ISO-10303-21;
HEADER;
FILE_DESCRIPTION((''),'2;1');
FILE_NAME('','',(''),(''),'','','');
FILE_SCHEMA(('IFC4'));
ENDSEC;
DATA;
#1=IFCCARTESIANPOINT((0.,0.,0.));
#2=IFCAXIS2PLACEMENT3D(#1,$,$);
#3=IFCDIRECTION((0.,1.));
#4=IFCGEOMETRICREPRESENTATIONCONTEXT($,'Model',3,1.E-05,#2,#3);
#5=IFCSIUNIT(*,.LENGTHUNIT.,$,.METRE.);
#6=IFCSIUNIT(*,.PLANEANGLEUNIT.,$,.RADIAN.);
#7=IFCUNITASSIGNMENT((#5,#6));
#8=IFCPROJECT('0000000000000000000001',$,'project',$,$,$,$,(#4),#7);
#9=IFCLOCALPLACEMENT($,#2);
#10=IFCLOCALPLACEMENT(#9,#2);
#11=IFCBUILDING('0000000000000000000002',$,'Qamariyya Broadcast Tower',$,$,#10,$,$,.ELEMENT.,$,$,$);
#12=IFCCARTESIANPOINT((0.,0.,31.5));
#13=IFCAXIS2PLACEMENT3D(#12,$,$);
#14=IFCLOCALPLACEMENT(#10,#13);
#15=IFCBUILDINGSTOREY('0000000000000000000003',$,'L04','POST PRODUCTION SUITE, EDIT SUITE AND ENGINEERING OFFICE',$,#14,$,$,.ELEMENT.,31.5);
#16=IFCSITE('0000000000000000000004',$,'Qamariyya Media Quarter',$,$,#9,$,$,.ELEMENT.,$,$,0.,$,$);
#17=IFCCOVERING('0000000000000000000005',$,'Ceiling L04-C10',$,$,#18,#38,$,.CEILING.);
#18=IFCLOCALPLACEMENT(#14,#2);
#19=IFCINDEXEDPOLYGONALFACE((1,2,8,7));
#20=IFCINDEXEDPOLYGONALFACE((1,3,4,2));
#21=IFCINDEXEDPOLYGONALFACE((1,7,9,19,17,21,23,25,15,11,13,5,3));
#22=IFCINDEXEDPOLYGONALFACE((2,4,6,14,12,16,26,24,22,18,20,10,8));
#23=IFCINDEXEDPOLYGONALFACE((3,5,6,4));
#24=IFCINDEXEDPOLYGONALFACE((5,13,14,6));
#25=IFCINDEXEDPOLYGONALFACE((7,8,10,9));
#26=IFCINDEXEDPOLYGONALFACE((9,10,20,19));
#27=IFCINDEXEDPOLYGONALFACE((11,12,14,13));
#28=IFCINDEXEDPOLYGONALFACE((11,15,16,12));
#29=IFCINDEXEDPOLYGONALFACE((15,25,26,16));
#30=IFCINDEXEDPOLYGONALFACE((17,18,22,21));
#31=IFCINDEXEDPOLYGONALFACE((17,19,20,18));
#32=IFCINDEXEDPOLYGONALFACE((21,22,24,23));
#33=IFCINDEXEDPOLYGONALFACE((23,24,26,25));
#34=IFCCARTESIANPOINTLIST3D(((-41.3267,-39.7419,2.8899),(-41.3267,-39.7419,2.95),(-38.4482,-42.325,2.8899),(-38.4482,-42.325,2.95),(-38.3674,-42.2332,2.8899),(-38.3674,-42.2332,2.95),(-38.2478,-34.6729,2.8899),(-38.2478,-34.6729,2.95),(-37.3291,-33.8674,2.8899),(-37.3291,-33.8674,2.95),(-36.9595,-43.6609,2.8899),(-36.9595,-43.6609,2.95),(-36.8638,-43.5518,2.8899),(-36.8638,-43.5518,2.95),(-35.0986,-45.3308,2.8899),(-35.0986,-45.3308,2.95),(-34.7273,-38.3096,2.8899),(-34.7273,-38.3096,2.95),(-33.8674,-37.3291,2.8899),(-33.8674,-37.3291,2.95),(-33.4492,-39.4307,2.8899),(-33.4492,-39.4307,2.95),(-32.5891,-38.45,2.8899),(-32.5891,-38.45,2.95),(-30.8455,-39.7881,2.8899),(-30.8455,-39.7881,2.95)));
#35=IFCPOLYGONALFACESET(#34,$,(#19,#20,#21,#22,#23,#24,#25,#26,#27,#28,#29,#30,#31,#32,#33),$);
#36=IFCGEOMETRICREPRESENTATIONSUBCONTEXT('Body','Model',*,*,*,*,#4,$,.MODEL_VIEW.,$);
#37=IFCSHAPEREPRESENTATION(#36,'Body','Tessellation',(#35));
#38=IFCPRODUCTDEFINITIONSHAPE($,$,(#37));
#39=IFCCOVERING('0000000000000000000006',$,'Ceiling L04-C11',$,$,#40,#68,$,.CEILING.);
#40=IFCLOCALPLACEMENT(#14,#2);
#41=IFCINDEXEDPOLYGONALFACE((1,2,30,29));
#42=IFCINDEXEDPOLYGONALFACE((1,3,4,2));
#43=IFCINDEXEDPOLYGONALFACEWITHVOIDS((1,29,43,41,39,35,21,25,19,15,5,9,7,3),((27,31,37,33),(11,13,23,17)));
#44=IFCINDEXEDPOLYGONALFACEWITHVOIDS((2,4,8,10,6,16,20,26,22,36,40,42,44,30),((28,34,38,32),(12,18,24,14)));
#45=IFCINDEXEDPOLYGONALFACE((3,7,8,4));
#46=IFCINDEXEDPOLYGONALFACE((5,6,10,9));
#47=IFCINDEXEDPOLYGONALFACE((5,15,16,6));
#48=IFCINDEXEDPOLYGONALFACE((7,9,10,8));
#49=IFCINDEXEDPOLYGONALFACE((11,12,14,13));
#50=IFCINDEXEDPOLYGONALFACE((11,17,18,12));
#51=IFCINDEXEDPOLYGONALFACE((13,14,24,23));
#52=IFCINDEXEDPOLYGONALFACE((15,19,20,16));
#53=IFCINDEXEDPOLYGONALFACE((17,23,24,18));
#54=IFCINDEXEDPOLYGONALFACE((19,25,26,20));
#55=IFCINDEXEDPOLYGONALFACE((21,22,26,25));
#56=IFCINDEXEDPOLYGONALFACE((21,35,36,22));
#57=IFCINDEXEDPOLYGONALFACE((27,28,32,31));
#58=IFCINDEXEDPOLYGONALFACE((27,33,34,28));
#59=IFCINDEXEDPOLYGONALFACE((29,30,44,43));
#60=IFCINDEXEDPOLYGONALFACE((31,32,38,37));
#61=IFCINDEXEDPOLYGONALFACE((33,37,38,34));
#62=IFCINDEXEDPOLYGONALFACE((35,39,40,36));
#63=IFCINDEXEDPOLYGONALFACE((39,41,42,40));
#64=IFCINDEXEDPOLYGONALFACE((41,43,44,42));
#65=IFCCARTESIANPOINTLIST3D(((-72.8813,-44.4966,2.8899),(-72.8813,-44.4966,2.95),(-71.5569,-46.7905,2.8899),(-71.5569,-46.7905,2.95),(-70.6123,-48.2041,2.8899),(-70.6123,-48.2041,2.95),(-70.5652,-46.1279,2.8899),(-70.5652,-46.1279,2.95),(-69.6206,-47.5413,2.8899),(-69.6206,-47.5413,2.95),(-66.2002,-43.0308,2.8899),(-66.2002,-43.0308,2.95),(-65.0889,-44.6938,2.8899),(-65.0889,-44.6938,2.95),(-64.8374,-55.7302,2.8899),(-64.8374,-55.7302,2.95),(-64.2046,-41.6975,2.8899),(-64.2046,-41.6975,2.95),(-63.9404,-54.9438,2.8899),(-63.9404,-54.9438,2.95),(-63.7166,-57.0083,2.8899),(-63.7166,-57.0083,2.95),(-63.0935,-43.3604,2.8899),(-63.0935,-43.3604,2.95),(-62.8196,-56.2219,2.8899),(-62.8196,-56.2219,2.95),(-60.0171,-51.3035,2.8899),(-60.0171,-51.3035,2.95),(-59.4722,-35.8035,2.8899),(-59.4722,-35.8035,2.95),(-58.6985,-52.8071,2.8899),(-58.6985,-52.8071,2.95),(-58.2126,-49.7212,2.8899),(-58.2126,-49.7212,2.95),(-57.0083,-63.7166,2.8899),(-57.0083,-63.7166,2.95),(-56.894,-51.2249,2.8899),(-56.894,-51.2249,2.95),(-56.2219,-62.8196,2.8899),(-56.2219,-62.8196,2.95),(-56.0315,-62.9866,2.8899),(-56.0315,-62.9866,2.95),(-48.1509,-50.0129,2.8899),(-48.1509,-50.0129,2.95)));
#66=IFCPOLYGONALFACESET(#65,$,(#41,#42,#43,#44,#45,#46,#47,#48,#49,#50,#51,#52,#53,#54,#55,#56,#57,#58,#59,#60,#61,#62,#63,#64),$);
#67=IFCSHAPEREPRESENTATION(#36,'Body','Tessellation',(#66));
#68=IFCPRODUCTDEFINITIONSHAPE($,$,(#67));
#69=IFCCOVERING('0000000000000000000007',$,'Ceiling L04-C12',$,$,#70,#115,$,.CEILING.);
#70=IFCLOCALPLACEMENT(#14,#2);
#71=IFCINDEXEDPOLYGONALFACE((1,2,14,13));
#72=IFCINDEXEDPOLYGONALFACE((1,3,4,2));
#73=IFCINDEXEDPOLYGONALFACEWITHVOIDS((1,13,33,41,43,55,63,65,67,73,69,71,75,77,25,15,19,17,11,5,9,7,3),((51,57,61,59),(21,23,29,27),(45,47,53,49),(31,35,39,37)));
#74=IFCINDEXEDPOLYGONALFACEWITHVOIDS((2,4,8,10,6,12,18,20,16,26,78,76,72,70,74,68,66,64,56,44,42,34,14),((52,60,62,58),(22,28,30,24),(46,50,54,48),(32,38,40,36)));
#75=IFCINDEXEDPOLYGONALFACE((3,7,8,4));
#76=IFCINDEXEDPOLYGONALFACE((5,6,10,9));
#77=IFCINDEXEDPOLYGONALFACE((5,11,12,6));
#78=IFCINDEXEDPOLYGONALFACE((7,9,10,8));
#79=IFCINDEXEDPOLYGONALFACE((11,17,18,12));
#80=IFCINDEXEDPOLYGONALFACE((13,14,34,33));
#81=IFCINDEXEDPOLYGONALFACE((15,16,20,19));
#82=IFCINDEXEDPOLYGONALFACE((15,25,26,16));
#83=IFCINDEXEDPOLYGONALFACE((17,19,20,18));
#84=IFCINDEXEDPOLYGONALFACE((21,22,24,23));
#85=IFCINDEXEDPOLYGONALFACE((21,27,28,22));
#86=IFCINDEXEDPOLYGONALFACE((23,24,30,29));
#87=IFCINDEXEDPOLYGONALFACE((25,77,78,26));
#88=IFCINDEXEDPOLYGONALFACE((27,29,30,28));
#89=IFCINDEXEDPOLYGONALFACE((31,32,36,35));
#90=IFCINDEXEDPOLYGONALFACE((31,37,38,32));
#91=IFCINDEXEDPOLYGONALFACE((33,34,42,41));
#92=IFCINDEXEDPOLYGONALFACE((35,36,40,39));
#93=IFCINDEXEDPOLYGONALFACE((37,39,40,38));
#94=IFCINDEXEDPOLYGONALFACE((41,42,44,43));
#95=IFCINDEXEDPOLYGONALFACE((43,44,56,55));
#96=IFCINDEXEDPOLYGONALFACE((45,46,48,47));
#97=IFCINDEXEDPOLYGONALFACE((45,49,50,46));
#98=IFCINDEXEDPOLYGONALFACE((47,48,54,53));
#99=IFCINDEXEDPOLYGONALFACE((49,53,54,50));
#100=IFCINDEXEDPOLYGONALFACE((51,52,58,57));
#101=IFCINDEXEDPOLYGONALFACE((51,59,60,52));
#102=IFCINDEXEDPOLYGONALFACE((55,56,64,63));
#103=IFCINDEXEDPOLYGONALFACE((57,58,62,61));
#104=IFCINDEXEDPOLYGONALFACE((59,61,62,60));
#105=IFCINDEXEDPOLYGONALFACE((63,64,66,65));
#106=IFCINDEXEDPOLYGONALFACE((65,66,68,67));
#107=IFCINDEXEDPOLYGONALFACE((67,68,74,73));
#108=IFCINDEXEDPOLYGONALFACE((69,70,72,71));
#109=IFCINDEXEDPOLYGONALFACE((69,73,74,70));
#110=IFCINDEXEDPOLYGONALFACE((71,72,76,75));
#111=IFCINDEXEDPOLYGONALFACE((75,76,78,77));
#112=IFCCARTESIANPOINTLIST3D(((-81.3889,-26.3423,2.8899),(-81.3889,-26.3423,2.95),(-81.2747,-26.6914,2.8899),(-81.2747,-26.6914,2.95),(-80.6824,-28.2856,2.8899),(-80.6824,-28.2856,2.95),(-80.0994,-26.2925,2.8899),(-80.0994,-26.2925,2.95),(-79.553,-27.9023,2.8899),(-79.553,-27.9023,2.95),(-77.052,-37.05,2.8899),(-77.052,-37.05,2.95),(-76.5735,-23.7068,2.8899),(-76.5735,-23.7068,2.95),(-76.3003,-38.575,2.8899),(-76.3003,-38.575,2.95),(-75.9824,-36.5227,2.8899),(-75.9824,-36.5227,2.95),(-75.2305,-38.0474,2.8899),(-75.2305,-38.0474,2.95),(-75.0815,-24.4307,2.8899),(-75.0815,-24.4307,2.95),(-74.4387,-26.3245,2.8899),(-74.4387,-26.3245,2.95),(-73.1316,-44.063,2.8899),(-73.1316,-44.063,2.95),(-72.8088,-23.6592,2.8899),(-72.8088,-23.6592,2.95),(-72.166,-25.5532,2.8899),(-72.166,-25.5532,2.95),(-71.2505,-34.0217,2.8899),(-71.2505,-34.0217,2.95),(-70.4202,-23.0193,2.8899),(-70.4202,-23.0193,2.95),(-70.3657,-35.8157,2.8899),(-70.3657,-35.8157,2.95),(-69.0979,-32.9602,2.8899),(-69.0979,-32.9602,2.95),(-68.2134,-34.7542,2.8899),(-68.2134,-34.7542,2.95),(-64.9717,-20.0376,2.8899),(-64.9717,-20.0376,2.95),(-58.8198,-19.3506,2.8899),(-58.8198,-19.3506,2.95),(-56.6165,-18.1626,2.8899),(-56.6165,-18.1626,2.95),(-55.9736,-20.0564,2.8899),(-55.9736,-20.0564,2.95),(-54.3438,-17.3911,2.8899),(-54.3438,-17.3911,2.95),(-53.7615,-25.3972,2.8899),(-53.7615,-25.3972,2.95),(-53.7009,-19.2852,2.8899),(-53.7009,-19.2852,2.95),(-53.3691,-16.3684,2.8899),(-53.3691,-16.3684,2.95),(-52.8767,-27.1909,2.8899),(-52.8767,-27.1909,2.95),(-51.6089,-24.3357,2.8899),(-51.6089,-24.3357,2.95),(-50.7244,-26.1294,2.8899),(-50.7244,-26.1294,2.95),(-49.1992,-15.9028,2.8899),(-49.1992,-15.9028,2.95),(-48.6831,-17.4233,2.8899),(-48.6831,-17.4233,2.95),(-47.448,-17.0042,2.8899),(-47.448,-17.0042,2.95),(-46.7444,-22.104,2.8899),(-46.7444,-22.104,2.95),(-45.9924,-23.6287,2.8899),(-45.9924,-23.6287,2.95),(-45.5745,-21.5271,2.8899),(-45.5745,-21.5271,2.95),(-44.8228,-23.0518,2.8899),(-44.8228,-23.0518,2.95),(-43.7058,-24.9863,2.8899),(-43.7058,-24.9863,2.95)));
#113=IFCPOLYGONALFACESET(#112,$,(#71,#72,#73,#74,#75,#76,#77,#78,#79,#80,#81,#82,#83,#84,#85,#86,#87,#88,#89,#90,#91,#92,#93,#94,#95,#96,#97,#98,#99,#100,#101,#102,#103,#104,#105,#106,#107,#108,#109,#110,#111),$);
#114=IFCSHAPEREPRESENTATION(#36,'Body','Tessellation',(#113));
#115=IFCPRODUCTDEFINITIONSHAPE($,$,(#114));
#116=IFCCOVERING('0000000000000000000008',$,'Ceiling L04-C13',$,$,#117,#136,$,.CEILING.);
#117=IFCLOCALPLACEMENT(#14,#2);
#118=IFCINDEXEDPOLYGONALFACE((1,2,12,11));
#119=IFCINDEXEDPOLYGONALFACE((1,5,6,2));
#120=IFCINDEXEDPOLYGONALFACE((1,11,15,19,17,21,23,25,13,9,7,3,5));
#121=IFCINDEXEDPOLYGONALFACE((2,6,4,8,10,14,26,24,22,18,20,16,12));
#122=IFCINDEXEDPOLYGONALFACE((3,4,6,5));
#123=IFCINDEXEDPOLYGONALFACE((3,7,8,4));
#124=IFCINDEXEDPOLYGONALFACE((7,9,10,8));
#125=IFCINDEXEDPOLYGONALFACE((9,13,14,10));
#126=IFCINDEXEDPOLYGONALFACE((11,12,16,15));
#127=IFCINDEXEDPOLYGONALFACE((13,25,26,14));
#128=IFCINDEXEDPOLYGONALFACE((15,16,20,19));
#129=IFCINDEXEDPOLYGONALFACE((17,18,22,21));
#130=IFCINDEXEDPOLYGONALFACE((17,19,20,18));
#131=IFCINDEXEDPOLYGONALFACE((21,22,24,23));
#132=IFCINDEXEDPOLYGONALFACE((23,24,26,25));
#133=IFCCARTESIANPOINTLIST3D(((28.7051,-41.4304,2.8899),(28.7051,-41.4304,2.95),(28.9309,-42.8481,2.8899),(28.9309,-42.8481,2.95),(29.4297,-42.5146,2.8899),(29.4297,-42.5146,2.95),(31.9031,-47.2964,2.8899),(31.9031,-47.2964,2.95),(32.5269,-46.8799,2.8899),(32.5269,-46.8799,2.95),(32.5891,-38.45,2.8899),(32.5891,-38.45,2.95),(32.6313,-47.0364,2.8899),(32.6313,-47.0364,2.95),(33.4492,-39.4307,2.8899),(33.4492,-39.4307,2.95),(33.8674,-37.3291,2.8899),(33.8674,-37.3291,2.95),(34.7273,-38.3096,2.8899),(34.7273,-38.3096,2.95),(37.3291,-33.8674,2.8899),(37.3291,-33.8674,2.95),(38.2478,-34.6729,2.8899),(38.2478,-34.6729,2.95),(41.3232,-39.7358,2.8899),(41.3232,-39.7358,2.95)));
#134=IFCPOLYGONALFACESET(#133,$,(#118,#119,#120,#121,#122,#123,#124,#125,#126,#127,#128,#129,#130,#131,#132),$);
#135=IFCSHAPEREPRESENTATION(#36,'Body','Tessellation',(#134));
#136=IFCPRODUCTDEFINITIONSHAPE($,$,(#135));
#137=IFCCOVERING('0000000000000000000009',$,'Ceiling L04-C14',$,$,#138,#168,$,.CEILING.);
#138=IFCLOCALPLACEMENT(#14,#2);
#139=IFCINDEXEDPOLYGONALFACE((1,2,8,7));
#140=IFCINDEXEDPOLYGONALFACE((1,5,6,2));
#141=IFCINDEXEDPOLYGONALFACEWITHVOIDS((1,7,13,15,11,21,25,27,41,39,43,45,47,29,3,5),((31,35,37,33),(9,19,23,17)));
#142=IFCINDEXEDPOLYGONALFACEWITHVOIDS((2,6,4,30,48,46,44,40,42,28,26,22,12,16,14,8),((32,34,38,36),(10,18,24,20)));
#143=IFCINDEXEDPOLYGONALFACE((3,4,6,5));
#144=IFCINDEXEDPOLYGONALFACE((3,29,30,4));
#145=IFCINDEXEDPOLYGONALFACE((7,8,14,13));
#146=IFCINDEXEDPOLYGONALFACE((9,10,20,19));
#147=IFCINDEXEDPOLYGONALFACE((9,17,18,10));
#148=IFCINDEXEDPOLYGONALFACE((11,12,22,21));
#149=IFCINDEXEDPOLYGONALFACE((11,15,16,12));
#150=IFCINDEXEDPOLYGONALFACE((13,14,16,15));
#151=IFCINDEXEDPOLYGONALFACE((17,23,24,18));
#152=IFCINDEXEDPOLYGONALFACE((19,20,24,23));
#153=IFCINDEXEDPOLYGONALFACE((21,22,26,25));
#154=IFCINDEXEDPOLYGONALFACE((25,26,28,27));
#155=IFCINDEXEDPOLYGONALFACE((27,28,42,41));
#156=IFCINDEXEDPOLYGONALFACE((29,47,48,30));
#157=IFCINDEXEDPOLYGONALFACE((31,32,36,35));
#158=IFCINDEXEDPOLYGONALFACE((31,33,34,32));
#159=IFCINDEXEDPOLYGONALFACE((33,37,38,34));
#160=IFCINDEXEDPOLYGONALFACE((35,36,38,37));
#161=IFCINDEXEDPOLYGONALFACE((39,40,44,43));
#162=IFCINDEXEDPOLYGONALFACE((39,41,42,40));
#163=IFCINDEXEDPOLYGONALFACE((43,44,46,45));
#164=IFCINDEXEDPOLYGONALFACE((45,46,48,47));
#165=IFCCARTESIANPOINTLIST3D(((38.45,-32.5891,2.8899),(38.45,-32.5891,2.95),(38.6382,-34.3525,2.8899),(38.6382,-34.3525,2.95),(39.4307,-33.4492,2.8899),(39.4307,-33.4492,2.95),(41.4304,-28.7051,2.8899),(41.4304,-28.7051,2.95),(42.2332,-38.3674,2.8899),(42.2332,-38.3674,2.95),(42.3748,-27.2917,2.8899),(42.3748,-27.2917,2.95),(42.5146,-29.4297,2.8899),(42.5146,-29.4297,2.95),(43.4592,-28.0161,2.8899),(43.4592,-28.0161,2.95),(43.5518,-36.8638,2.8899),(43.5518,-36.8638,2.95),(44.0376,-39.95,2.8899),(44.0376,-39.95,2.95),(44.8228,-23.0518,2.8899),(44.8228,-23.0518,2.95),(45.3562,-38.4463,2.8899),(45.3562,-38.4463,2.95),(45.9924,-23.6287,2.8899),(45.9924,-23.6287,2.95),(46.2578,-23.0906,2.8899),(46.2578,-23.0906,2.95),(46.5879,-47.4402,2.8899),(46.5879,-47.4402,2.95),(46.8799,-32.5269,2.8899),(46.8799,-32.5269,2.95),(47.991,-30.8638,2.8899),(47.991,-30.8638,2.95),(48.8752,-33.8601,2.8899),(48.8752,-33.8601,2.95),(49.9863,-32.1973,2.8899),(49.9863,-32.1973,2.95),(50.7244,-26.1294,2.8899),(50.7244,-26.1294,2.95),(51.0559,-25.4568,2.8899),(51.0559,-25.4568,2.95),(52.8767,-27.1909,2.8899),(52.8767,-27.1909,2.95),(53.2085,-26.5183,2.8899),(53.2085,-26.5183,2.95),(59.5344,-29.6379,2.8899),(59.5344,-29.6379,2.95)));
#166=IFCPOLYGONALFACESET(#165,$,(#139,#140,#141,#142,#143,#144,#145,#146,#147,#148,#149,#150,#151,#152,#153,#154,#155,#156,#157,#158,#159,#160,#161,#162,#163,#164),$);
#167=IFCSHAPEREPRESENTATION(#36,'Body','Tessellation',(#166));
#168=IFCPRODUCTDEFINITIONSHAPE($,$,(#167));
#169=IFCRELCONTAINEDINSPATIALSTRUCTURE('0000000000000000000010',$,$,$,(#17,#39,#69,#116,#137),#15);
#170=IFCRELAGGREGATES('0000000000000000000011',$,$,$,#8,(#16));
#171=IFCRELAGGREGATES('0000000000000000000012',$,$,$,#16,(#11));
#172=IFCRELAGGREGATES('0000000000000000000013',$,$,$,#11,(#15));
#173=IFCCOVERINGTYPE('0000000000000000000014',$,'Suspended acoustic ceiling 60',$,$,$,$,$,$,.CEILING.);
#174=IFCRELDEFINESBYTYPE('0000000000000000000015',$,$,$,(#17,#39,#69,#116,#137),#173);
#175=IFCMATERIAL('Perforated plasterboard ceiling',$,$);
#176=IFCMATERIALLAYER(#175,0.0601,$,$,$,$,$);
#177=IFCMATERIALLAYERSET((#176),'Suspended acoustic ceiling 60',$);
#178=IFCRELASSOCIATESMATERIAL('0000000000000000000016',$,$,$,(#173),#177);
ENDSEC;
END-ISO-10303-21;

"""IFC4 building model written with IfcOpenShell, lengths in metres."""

from ifc_helpers import new_model, si_unit, direction, frame, origin, place, context, subcontext, project, spatial, polyline, outline, extrude, material, layer, layer_set, type_object, element, save


model = new_model("IFC4")

# Units and contexts
model_context = context("Model", 3, precision=1e-05, world=origin(), true_north=direction((0.0, 1.0)))
body_context = subcontext(model_context, "Body", "Model", "MODEL_VIEW")
ifc_project = project(units=[si_unit("LENGTHUNIT", "METRE"), si_unit("PLANEANGLEUNIT", "RADIAN")], contexts=[model_context])

# Site, building, storey
site_placement = place(None, origin())
site = spatial("IfcSite", under=ifc_project, at=site_placement, Name="Qamariyya Media Quarter", CompositionType="ELEMENT", RefElevation=0.0)
building_placement = place(site_placement, origin())
building = spatial("IfcBuilding", under=site, at=building_placement, Name="Qamariyya Broadcast Tower", CompositionType="ELEMENT")
storey_placement = place(building_placement, frame((0.0, 0.0, 31.5)))
storey = spatial("IfcBuildingStorey", under=building, at=storey_placement, Name="L04", Description="POST PRODUCTION SUITE, EDIT SUITE AND ENGINEERING OFFICE", CompositionType="ELEMENT", Elevation=31.5)

# Coverings
ifc_material_1 = material(Name="Perforated plasterboard ceiling")
ifc_layer_1 = layer(ifc_material_1, 0.0601)
ifc_layer_set_1 = layer_set([ifc_layer_1], Name="Suspended acoustic ceiling 60")
covering_type_1 = type_object("IfcCoveringType", Name="Suspended acoustic ceiling 60", PredefinedType="CEILING", material=ifc_layer_set_1)
covering_1_placement = place(storey_placement, frame((0.0, 0.0, 2.8899)))
element("IfcCovering", 1, at=covering_1_placement, inside=storey, type_object=covering_type_1, Name="Ceiling L04-C10", PredefinedType="CEILING", context=body_context, shape_type="SweptSolid", body=[
    extrude(outline(polyline([(-41.3267, -39.7419), (-38.2478, -34.6729), (-37.3291, -33.8674), (-33.8674, -37.3291), (-34.7273, -38.3096), (-33.4492, -39.4307), (-32.5891, -38.45), (-30.8455, -39.7881), (-35.0986, -45.3308), (-36.9595, -43.6609), (-36.8638, -43.5518), (-38.3674, -42.2332), (-38.4482, -42.325), (-41.3267, -39.7419)])), origin(), (0.0, 0.0, 1.0), 0.0601),
])
covering_2_placement = place(storey_placement, frame((0.0, 0.0, 2.8899)))
element("IfcCovering", 2, at=covering_2_placement, inside=storey, type_object=covering_type_1, Name="Ceiling L04-C11", PredefinedType="CEILING", context=body_context, shape_type="SweptSolid", body=[
    extrude(outline(polyline([(-56.0315, -62.9866), (-56.2219, -62.8196), (-57.0083, -63.7166), (-63.7166, -57.0083), (-62.8196, -56.2219), (-63.9404, -54.9438), (-64.8374, -55.7302), (-70.6123, -48.2041), (-69.6206, -47.5413), (-70.5652, -46.1279), (-71.5569, -46.7905), (-72.8813, -44.4966), (-59.4722, -35.8035), (-48.1509, -50.0129), (-56.0315, -62.9866)]), holes=[polyline([(-58.2126, -49.7212), (-60.0171, -51.3035), (-58.6985, -52.8071), (-56.894, -51.2249), (-58.2126, -49.7212)]), polyline([(-66.2002, -43.0308), (-65.0889, -44.6938), (-63.0935, -43.3604), (-64.2046, -41.6975), (-66.2002, -43.0308)])]), origin(), (0.0, 0.0, 1.0), 0.0601),
])
covering_3_placement = place(storey_placement, frame((0.0, 0.0, 2.8899)))
element("IfcCovering", 3, at=covering_3_placement, inside=storey, type_object=covering_type_1, Name="Ceiling L04-C12", PredefinedType="CEILING", context=body_context, shape_type="SweptSolid", body=[
    extrude(outline(polyline([(-48.6831, -17.4233), (-47.448, -17.0042), (-45.5745, -21.5271), (-46.7444, -22.104), (-45.9924, -23.6287), (-44.8228, -23.0518), (-43.7058, -24.9863), (-73.1316, -44.063), (-76.3003, -38.575), (-75.2305, -38.0474), (-75.9824, -36.5227), (-77.052, -37.05), (-80.6824, -28.2856), (-79.553, -27.9023), (-80.0994, -26.2925), (-81.2747, -26.6914), (-81.3889, -26.3423), (-76.5735, -23.7068), (-70.4202, -23.0193), (-64.9717, -20.0376), (-58.8198, -19.3506), (-53.3691, -16.3684), (-49.1992, -15.9028), (-48.6831, -17.4233)]), holes=[polyline([(-53.7615, -25.3972), (-52.8767, -27.1909), (-50.7244, -26.1294), (-51.6089, -24.3357), (-53.7615, -25.3972)]), polyline([(-56.6165, -18.1626), (-55.9736, -20.0564), (-53.7009, -19.2852), (-54.3438, -17.3911), (-56.6165, -18.1626)]), polyline([(-71.2505, -34.0217), (-70.3657, -35.8157), (-68.2134, -34.7542), (-69.0979, -32.9602), (-71.2505, -34.0217)]), polyline([(-72.8088, -23.6592), (-75.0815, -24.4307), (-74.4387, -26.3245), (-72.166, -25.5532), (-72.8088, -23.6592)])]), origin(), (0.0, 0.0, 1.0), 0.0601),
])
covering_4_placement = place(storey_placement, frame((0.0, 0.0, 2.8899)))
element("IfcCovering", 4, at=covering_4_placement, inside=storey, type_object=covering_type_1, Name="Ceiling L04-C13", PredefinedType="CEILING", context=body_context, shape_type="SweptSolid", body=[
    extrude(outline(polyline([(32.5269, -46.8799), (31.9031, -47.2964), (28.9309, -42.8481), (29.4297, -42.5146), (28.7051, -41.4304), (32.5891, -38.45), (33.4492, -39.4307), (34.7273, -38.3096), (33.8674, -37.3291), (37.3291, -33.8674), (38.2478, -34.6729), (41.3232, -39.7358), (32.6313, -47.0364), (32.5269, -46.8799)])), origin(), (0.0, 0.0, 1.0), 0.0601),
])
covering_5_placement = place(storey_placement, frame((0.0, 0.0, 2.8899)))
element("IfcCovering", 5, at=covering_5_placement, inside=storey, type_object=covering_type_1, Name="Ceiling L04-C14", PredefinedType="CEILING", context=body_context, shape_type="SweptSolid", body=[
    extrude(outline(polyline([(38.6382, -34.3525), (39.4307, -33.4492), (38.45, -32.5891), (41.4304, -28.7051), (42.5146, -29.4297), (43.4592, -28.0161), (42.3748, -27.2917), (44.8228, -23.0518), (45.9924, -23.6287), (46.2578, -23.0906), (51.0559, -25.4568), (50.7244, -26.1294), (52.8767, -27.1909), (53.2085, -26.5183), (59.5344, -29.6379), (46.5879, -47.4402), (38.6382, -34.3525)]), holes=[polyline([(48.8752, -33.8601), (49.9863, -32.1973), (47.991, -30.8638), (46.8799, -32.5269), (48.8752, -33.8601)]), polyline([(44.0376, -39.95), (45.3562, -38.4463), (43.5518, -36.8638), (42.2332, -38.3674), (44.0376, -39.95)])]), origin(), (0.0, 0.0, 1.0), 0.0601),
])

save(model, "model.ifc")
